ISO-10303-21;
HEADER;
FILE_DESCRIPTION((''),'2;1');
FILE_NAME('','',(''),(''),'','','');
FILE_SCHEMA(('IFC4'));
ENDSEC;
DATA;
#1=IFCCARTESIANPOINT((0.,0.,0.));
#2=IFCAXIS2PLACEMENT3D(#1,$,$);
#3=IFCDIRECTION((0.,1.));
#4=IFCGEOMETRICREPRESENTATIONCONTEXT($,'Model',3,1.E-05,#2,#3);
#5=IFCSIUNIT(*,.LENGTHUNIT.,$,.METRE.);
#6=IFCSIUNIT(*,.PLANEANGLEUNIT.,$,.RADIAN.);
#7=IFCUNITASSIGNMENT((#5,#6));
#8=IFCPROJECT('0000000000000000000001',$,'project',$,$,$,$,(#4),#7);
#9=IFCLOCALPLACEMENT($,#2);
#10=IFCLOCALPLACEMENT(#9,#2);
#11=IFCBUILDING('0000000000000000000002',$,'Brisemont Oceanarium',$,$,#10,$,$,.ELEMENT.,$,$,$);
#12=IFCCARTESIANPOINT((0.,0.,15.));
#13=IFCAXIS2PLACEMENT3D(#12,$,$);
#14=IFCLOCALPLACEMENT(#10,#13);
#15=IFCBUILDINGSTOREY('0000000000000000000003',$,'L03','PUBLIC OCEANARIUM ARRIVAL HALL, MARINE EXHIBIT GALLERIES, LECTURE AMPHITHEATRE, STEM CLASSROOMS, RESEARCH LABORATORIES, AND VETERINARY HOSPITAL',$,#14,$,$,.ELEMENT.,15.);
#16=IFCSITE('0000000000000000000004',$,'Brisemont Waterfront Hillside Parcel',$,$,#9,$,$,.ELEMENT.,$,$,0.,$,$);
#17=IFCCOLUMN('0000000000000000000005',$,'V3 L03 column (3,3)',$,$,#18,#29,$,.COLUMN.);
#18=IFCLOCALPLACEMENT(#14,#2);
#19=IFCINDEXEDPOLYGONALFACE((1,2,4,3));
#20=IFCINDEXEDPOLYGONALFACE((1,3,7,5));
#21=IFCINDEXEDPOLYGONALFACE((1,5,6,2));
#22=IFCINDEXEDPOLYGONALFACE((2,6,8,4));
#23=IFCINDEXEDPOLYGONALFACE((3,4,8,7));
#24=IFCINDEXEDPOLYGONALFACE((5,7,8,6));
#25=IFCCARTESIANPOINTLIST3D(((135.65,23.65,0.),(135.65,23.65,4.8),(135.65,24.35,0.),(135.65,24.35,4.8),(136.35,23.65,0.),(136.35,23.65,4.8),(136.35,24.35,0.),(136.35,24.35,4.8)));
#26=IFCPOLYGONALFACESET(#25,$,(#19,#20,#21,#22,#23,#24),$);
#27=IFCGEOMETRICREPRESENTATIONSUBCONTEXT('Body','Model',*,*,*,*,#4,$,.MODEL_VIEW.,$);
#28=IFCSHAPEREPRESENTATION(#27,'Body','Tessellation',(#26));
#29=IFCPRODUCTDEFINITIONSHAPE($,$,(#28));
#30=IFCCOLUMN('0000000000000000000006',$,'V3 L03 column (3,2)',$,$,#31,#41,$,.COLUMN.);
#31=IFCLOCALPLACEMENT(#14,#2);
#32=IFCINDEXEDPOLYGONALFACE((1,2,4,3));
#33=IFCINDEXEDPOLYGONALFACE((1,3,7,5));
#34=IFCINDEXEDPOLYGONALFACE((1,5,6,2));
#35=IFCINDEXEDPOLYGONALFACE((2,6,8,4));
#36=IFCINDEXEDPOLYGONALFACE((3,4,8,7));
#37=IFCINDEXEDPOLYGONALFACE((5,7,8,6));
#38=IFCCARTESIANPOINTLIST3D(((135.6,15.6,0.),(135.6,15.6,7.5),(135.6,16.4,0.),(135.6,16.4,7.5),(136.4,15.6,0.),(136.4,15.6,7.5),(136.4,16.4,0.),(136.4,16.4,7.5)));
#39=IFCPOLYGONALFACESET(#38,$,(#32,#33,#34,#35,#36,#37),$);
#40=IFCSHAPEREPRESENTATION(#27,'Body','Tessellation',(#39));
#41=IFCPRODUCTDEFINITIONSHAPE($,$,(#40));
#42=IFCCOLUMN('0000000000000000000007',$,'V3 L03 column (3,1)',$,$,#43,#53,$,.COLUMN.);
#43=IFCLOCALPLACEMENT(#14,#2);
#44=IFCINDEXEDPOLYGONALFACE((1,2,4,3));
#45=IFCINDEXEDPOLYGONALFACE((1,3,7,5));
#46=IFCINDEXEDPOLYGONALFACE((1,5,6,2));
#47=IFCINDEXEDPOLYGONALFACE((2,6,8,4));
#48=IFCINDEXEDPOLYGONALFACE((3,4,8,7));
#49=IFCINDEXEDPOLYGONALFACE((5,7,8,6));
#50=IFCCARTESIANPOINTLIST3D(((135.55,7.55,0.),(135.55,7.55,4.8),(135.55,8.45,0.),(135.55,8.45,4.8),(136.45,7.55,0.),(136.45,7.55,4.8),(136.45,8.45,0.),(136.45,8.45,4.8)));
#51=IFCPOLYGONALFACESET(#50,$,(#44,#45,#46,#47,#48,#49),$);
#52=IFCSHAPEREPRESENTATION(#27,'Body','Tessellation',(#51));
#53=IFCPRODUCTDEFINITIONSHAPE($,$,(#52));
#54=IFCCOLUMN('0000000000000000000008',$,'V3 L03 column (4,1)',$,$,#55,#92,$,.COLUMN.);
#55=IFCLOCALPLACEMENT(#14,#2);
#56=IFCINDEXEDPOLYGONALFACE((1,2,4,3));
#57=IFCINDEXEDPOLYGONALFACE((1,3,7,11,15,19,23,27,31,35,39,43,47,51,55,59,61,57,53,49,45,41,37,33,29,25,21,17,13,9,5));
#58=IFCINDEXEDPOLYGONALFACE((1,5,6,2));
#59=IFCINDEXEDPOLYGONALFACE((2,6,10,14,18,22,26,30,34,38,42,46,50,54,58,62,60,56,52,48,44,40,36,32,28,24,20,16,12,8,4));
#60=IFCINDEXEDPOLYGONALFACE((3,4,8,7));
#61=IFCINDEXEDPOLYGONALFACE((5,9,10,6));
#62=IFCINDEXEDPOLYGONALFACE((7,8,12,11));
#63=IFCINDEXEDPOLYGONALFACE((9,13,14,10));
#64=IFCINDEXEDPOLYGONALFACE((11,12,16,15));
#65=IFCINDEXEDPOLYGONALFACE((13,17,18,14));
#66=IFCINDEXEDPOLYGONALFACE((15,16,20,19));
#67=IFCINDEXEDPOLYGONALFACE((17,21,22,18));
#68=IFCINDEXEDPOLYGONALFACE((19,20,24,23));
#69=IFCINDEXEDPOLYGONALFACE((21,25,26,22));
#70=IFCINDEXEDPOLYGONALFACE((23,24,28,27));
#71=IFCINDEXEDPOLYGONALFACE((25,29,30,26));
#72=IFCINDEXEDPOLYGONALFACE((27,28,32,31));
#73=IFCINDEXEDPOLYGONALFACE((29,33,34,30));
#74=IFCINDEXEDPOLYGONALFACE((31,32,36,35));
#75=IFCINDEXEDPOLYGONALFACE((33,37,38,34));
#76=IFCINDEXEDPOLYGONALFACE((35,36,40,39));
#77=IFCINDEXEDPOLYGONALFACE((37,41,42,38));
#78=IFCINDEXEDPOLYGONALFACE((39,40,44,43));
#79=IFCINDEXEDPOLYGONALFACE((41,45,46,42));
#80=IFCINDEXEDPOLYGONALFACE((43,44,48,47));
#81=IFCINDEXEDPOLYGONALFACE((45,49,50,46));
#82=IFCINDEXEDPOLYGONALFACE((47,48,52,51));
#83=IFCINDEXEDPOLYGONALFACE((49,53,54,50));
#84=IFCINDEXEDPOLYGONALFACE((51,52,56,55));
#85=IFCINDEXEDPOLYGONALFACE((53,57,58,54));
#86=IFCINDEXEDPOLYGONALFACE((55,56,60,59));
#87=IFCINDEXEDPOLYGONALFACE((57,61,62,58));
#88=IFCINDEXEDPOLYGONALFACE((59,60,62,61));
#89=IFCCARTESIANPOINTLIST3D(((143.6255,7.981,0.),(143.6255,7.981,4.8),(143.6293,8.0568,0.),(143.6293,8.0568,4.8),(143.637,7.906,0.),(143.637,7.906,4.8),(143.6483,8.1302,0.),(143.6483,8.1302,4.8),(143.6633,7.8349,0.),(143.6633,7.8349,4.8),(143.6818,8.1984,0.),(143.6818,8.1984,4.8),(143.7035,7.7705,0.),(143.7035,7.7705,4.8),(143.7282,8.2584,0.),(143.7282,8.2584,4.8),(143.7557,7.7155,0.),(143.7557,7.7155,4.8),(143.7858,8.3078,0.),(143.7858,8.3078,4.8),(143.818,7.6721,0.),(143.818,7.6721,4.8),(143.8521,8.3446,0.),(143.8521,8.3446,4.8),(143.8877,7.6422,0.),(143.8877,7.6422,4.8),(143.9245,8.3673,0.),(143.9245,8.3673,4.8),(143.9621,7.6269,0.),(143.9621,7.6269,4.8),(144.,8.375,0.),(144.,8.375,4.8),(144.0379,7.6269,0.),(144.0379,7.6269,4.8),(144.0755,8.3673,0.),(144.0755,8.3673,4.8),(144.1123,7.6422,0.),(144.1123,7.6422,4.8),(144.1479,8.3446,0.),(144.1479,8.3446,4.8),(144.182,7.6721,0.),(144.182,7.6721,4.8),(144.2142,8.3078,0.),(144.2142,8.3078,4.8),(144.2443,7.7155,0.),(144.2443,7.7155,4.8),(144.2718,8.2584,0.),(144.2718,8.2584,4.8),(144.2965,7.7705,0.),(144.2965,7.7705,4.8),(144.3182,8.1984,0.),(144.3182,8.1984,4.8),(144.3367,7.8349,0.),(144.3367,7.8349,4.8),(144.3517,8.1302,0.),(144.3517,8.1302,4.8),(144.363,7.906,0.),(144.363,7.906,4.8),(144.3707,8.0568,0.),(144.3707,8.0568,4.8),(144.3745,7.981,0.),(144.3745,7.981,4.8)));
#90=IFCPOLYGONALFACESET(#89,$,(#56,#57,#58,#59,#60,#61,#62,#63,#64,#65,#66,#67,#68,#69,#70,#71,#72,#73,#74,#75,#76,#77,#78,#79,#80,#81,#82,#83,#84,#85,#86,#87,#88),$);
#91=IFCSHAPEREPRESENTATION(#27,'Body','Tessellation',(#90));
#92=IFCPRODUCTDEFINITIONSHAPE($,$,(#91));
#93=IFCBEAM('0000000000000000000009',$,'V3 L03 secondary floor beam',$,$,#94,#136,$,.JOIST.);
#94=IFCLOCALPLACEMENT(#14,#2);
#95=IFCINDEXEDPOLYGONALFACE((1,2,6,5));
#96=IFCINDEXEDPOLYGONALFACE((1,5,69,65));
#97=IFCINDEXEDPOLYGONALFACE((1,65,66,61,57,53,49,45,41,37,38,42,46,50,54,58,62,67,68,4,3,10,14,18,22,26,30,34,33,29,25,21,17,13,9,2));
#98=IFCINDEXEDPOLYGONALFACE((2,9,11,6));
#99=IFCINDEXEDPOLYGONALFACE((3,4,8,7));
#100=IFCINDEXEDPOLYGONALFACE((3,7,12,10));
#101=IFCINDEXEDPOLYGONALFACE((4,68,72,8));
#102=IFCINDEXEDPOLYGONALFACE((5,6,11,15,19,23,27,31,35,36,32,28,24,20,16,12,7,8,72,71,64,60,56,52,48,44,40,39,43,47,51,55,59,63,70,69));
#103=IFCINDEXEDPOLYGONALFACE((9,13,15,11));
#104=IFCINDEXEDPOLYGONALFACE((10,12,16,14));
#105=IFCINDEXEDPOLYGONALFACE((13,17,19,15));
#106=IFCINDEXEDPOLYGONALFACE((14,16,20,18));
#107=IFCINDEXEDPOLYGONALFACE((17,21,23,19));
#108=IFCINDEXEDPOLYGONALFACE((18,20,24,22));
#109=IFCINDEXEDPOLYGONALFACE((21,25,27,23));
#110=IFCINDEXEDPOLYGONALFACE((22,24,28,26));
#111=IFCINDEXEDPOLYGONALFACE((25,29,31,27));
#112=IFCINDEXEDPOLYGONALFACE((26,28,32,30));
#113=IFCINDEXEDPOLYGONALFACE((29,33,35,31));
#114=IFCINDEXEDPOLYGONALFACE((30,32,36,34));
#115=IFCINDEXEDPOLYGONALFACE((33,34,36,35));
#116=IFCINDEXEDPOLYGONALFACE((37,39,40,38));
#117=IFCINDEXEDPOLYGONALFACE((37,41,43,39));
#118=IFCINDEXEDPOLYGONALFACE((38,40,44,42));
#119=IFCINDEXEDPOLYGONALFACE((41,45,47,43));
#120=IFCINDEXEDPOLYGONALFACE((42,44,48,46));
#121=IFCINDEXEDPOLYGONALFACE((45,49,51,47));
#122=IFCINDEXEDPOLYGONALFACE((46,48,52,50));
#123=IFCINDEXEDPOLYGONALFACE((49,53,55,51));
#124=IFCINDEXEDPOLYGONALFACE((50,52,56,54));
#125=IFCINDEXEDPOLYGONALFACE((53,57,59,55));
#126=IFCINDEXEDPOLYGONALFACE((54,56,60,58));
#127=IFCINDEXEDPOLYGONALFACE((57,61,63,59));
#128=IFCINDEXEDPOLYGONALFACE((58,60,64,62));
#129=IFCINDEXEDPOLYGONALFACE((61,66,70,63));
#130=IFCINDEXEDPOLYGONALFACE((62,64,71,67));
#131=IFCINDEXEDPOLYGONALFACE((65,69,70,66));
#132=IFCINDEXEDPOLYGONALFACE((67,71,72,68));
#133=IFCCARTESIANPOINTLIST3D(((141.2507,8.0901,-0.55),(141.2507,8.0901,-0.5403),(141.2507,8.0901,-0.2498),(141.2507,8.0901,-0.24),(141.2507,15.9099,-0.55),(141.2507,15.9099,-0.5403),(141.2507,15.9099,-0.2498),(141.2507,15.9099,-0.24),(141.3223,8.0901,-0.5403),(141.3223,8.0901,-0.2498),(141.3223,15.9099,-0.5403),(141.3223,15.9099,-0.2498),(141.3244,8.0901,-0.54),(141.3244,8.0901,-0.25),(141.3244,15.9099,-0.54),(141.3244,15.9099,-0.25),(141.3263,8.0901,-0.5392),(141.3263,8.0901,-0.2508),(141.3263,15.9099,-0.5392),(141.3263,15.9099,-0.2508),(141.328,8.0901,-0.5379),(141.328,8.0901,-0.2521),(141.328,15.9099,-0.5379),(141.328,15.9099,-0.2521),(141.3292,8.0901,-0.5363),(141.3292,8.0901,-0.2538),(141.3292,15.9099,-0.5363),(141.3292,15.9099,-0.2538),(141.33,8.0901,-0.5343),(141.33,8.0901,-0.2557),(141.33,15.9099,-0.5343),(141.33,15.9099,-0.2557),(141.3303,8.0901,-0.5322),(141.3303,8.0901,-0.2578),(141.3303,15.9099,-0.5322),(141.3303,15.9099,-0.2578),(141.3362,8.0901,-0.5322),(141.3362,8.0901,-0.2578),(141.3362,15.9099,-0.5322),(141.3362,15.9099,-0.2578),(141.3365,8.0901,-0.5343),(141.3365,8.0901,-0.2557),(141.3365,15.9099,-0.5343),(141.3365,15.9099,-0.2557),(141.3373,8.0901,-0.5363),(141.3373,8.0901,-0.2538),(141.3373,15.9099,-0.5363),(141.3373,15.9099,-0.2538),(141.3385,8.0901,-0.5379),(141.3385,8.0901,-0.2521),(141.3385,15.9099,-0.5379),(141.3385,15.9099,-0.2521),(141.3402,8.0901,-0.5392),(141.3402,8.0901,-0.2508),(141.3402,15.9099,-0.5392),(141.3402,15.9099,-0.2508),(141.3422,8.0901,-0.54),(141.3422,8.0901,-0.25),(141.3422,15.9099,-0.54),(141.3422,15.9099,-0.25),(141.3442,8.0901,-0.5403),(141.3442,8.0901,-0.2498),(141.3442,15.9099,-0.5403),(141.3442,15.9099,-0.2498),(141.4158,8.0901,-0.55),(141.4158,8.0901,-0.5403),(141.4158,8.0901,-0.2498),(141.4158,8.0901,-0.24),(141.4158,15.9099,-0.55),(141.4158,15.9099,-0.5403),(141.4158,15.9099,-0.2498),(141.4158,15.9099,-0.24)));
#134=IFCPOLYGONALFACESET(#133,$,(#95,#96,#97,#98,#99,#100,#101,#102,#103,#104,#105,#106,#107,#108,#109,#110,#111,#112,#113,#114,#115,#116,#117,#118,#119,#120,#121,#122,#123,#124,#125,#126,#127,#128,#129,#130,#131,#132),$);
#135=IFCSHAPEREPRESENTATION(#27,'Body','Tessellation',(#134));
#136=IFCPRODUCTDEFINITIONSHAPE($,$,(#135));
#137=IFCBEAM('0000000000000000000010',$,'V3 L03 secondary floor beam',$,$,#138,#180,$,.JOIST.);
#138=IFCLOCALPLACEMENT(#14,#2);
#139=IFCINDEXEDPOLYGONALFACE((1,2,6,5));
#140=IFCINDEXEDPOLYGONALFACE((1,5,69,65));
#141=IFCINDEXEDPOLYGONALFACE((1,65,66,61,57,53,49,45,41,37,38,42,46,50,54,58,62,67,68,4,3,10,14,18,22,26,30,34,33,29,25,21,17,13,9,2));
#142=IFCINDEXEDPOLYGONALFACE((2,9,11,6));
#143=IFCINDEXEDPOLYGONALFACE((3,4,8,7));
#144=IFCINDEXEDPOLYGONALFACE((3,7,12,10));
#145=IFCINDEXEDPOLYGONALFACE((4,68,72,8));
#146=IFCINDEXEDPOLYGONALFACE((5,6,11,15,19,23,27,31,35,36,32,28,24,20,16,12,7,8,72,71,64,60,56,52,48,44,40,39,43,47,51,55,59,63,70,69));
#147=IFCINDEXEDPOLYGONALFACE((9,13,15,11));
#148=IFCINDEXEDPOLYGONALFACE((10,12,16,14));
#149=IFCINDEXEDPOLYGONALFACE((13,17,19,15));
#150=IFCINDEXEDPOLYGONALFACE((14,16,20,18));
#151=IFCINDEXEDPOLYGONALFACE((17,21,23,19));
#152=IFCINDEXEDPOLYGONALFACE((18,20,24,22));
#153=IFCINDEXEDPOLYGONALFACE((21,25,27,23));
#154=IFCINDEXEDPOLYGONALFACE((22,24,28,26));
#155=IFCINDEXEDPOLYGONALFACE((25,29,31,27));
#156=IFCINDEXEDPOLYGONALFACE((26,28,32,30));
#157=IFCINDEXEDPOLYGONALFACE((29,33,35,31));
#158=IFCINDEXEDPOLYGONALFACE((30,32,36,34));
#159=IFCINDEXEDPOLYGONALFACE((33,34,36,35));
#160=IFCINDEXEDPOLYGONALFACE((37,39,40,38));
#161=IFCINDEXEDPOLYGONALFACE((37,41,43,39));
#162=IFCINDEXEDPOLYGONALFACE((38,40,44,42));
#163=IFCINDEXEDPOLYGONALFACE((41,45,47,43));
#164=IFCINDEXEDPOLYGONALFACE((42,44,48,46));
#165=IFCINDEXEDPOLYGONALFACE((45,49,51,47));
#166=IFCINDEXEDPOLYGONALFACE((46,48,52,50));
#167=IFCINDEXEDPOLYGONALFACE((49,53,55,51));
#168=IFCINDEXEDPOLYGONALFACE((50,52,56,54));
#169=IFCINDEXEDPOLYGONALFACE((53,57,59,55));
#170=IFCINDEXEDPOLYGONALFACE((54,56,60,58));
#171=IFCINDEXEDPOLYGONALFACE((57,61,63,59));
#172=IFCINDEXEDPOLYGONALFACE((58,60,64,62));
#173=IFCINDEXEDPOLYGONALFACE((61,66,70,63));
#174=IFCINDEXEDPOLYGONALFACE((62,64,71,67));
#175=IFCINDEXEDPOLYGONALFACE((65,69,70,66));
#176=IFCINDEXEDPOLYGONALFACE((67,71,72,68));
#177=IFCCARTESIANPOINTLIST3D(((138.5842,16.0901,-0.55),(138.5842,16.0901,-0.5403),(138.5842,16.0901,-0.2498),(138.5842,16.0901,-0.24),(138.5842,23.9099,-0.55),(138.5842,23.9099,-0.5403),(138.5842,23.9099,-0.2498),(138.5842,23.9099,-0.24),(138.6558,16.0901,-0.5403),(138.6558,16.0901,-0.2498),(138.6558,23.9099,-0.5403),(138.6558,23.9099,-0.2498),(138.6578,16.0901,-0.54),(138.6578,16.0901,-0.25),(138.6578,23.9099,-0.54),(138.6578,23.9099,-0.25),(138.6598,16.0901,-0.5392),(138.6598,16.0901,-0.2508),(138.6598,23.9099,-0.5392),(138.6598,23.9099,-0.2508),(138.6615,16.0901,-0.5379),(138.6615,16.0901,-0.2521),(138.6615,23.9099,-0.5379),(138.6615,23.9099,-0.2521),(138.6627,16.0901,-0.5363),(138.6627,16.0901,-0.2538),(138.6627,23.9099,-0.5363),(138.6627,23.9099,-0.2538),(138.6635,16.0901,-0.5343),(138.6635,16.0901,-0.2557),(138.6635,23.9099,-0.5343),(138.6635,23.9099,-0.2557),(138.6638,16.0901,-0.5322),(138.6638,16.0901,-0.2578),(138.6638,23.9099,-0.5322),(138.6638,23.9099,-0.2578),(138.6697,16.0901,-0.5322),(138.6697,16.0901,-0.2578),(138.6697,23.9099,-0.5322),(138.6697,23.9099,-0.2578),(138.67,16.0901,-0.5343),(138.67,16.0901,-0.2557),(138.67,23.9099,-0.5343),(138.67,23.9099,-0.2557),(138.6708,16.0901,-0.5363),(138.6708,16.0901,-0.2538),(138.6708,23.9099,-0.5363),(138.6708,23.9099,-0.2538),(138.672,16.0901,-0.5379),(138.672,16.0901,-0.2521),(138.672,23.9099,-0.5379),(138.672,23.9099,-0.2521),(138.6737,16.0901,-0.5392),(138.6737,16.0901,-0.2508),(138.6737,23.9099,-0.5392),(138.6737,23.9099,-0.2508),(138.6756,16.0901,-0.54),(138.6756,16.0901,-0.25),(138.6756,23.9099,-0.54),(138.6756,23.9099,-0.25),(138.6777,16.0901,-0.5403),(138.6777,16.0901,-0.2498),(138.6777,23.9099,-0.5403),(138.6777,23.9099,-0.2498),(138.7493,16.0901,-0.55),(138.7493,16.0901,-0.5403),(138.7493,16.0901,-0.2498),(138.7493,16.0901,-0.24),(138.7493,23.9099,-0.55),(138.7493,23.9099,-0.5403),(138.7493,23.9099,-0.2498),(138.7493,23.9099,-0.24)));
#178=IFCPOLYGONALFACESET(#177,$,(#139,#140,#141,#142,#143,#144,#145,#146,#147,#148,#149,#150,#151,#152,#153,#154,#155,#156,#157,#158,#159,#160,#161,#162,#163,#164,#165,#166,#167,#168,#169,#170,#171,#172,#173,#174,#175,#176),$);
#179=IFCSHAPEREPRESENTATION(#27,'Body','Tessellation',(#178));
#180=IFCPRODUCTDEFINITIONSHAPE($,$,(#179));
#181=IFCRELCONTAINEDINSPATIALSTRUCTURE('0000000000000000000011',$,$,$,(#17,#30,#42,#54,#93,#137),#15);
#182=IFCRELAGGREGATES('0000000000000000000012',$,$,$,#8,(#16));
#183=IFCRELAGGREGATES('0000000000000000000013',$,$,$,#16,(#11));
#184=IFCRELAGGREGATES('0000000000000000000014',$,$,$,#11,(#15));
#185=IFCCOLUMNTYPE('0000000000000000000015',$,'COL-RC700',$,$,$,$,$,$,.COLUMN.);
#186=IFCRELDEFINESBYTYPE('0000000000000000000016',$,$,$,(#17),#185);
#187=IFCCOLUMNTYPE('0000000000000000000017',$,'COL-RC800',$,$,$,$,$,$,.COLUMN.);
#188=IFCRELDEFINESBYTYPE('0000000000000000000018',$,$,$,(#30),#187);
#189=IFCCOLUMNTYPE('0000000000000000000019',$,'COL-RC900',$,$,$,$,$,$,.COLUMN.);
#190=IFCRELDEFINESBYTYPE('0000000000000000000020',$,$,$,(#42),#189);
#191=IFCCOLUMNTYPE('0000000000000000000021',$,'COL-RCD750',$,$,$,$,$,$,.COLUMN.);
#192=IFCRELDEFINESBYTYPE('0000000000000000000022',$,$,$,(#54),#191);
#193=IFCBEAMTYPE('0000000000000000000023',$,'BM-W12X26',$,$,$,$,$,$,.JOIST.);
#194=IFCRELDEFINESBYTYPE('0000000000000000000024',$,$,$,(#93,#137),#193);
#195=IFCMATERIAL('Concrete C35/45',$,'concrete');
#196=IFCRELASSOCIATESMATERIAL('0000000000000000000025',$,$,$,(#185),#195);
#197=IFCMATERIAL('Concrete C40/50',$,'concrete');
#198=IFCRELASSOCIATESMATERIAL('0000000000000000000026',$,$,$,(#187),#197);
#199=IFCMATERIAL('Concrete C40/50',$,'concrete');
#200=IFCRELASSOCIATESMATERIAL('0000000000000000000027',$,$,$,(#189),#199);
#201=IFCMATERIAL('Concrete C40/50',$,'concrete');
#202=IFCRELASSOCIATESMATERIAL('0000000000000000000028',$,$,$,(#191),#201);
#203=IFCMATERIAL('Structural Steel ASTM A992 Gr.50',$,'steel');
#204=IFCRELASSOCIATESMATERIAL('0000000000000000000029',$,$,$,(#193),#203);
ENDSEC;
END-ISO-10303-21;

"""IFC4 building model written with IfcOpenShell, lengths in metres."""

from ifc_helpers import new_model, si_unit, direction, frame, origin, origin_2d, place, context, subcontext, project, spatial, rectangle, circle, i_section, extrude, material, material_profile, profile_set, type_object, element, save


model = new_model("IFC4")

# Units and contexts
model_context = context("Model", 3, precision=1e-05, world=origin(), true_north=direction((0.0, 1.0)))
body_context = subcontext(model_context, "Body", "Model", "MODEL_VIEW")
ifc_project = project(units=[si_unit("LENGTHUNIT", "METRE"), si_unit("PLANEANGLEUNIT", "RADIAN")], contexts=[model_context])

# Site, building, storey
site_placement = place(None, origin())
site = spatial("IfcSite", under=ifc_project, at=site_placement, Name="Brisemont Waterfront Hillside Parcel", CompositionType="ELEMENT", RefElevation=0.0)
building_placement = place(site_placement, origin())
building = spatial("IfcBuilding", under=site, at=building_placement, Name="Brisemont Oceanarium", CompositionType="ELEMENT")
storey_placement = place(building_placement, frame((0.0, 0.0, 15.0)))
storey = spatial("IfcBuildingStorey", under=building, at=storey_placement, Name="L03", Description="PUBLIC OCEANARIUM ARRIVAL HALL, MARINE EXHIBIT GALLERIES, LECTURE AMPHITHEATRE, STEM CLASSROOMS, RESEARCH LABORATORIES, AND VETERINARY HOSPITAL", CompositionType="ELEMENT", Elevation=15.0)

# Columns
ifc_material_1 = material(Name="Concrete C35/45", Category="concrete")
ifc_material_profile_1 = material_profile(ifc_material_1, rectangle(XDim=0.7, YDim=0.7, at=origin_2d()), Name="RC-COL-700X700")
ifc_profile_set_1 = profile_set([ifc_material_profile_1], Name="Concrete C35/45")
column_type_1 = type_object("IfcColumnType", Name="COL-RC700", PredefinedType="COLUMN", material=ifc_profile_set_1)
column_1_placement = place(storey_placement, frame((136.0, 24.0, 0.0), z_axis=(0.0, 0.0, 1.0), x_axis=(1.0, 0.0, 0.0)))
element("IfcColumn", 1, at=column_1_placement, inside=storey, type_object=column_type_1, Name="V3 L03 column (3,3)", PredefinedType="COLUMN", context=body_context, shape_type="SweptSolid", body=[
    extrude(rectangle(XDim=0.7, YDim=0.7, at=origin_2d()), origin(), (0.0, 0.0, 1.0), 4.8),
])
ifc_material_2 = material(Name="Concrete C40/50", Category="concrete")
ifc_material_profile_2 = material_profile(ifc_material_2, rectangle(XDim=0.8, YDim=0.8, at=origin_2d()), Name="RC-COL-800X800")
ifc_profile_set_2 = profile_set([ifc_material_profile_2], Name="Concrete C40/50")
column_type_2 = type_object("IfcColumnType", Name="COL-RC800", PredefinedType="COLUMN", material=ifc_profile_set_2)
column_2_placement = place(storey_placement, frame((136.0, 16.0, 0.0), z_axis=(0.0, 0.0, 1.0), x_axis=(0.0, 1.0, 0.0)))
element("IfcColumn", 2, at=column_2_placement, inside=storey, type_object=column_type_2, Name="V3 L03 column (3,2)", PredefinedType="COLUMN", context=body_context, shape_type="SweptSolid", body=[
    extrude(rectangle(XDim=0.8, YDim=0.8, at=origin_2d()), origin(), (0.0, 0.0, 1.0), 7.5),
])
ifc_material_3 = material(Name="Concrete C40/50", Category="concrete")
ifc_material_profile_3 = material_profile(ifc_material_3, rectangle(XDim=0.8999, YDim=0.8999, at=origin_2d()), Name="RC-COL-900X900")
ifc_profile_set_3 = profile_set([ifc_material_profile_3], Name="Concrete C40/50")
column_type_3 = type_object("IfcColumnType", Name="COL-RC900", PredefinedType="COLUMN", material=ifc_profile_set_3)
column_3_placement = place(storey_placement, frame((136.0, 8.0, 0.0), z_axis=(0.0, 0.0, 1.0), x_axis=(1.0, 0.0, 0.0)))
element("IfcColumn", 3, at=column_3_placement, inside=storey, type_object=column_type_3, Name="V3 L03 column (3,1)", PredefinedType="COLUMN", context=body_context, shape_type="SweptSolid", body=[
    extrude(rectangle(XDim=0.8999, YDim=0.8999, at=origin_2d()), origin(), (0.0, 0.0, 1.0), 4.8),
])
ifc_material_4 = material(Name="Concrete C40/50", Category="concrete")
ifc_material_profile_4 = material_profile(ifc_material_4, circle(Radius=0.375, at=origin_2d()), Name="RC-COL-D750")
ifc_profile_set_4 = profile_set([ifc_material_profile_4], Name="Concrete C40/50")
column_type_4 = type_object("IfcColumnType", Name="COL-RCD750", PredefinedType="COLUMN", material=ifc_profile_set_4)
column_4_placement = place(storey_placement, frame((144.0, 8.0, 0.0), z_axis=(0.0, 0.0, 1.0), x_axis=(0.0, 1.0, 0.0)))
element("IfcColumn", 4, at=column_4_placement, inside=storey, type_object=column_type_4, Name="V3 L03 column (4,1)", PredefinedType="COLUMN", context=body_context, shape_type="SweptSolid", body=[
    extrude(circle(Radius=0.375, at=origin_2d()), origin(), (0.0, 0.0, 1.0), 4.8),
])

# Beams
ifc_material_5 = material(Name="Structural Steel ASTM A992 Gr.50", Category="steel")
ifc_material_profile_5 = material_profile(ifc_material_5, i_section(OverallWidth=0.165, OverallDepth=0.3101, WebThickness=0.0059, FlangeThickness=0.0098, FilletRadius=0.0081, at=origin_2d()), Name="W12X26")
ifc_profile_set_5 = profile_set([ifc_material_profile_5], Name="Structural Steel ASTM A992 Gr.50")
beam_type_1 = type_object("IfcBeamType", Name="BM-W12X26", PredefinedType="JOIST", material=ifc_profile_set_5)
for number, where, z_axis, x_axis, name in (
    (5, (141.3333, 8.0901, -0.395), (0.0, 1.0, 0.0), (-1.0, 0.0, 0.0), "V3 L03 secondary floor beam"),
    (6, (138.6667, 16.0901, -0.395), (0.0, 1.0, 0.0), (-1.0, 0.0, 0.0), "V3 L03 secondary floor beam"),
):
    element("IfcBeam", number, at=place(storey_placement, frame(where, z_axis=z_axis, x_axis=x_axis)), inside=storey, type_object=beam_type_1, Name=name, PredefinedType="JOIST", context=body_context, shape_type="SweptSolid", body=[
        extrude(i_section(OverallWidth=0.165, OverallDepth=0.3101, WebThickness=0.0059, FlangeThickness=0.0098, FilletRadius=0.0081, at=origin_2d()), origin(), (0.0, 0.0, 1.0), 7.8198),
    ])

save(model, "model.ifc")
